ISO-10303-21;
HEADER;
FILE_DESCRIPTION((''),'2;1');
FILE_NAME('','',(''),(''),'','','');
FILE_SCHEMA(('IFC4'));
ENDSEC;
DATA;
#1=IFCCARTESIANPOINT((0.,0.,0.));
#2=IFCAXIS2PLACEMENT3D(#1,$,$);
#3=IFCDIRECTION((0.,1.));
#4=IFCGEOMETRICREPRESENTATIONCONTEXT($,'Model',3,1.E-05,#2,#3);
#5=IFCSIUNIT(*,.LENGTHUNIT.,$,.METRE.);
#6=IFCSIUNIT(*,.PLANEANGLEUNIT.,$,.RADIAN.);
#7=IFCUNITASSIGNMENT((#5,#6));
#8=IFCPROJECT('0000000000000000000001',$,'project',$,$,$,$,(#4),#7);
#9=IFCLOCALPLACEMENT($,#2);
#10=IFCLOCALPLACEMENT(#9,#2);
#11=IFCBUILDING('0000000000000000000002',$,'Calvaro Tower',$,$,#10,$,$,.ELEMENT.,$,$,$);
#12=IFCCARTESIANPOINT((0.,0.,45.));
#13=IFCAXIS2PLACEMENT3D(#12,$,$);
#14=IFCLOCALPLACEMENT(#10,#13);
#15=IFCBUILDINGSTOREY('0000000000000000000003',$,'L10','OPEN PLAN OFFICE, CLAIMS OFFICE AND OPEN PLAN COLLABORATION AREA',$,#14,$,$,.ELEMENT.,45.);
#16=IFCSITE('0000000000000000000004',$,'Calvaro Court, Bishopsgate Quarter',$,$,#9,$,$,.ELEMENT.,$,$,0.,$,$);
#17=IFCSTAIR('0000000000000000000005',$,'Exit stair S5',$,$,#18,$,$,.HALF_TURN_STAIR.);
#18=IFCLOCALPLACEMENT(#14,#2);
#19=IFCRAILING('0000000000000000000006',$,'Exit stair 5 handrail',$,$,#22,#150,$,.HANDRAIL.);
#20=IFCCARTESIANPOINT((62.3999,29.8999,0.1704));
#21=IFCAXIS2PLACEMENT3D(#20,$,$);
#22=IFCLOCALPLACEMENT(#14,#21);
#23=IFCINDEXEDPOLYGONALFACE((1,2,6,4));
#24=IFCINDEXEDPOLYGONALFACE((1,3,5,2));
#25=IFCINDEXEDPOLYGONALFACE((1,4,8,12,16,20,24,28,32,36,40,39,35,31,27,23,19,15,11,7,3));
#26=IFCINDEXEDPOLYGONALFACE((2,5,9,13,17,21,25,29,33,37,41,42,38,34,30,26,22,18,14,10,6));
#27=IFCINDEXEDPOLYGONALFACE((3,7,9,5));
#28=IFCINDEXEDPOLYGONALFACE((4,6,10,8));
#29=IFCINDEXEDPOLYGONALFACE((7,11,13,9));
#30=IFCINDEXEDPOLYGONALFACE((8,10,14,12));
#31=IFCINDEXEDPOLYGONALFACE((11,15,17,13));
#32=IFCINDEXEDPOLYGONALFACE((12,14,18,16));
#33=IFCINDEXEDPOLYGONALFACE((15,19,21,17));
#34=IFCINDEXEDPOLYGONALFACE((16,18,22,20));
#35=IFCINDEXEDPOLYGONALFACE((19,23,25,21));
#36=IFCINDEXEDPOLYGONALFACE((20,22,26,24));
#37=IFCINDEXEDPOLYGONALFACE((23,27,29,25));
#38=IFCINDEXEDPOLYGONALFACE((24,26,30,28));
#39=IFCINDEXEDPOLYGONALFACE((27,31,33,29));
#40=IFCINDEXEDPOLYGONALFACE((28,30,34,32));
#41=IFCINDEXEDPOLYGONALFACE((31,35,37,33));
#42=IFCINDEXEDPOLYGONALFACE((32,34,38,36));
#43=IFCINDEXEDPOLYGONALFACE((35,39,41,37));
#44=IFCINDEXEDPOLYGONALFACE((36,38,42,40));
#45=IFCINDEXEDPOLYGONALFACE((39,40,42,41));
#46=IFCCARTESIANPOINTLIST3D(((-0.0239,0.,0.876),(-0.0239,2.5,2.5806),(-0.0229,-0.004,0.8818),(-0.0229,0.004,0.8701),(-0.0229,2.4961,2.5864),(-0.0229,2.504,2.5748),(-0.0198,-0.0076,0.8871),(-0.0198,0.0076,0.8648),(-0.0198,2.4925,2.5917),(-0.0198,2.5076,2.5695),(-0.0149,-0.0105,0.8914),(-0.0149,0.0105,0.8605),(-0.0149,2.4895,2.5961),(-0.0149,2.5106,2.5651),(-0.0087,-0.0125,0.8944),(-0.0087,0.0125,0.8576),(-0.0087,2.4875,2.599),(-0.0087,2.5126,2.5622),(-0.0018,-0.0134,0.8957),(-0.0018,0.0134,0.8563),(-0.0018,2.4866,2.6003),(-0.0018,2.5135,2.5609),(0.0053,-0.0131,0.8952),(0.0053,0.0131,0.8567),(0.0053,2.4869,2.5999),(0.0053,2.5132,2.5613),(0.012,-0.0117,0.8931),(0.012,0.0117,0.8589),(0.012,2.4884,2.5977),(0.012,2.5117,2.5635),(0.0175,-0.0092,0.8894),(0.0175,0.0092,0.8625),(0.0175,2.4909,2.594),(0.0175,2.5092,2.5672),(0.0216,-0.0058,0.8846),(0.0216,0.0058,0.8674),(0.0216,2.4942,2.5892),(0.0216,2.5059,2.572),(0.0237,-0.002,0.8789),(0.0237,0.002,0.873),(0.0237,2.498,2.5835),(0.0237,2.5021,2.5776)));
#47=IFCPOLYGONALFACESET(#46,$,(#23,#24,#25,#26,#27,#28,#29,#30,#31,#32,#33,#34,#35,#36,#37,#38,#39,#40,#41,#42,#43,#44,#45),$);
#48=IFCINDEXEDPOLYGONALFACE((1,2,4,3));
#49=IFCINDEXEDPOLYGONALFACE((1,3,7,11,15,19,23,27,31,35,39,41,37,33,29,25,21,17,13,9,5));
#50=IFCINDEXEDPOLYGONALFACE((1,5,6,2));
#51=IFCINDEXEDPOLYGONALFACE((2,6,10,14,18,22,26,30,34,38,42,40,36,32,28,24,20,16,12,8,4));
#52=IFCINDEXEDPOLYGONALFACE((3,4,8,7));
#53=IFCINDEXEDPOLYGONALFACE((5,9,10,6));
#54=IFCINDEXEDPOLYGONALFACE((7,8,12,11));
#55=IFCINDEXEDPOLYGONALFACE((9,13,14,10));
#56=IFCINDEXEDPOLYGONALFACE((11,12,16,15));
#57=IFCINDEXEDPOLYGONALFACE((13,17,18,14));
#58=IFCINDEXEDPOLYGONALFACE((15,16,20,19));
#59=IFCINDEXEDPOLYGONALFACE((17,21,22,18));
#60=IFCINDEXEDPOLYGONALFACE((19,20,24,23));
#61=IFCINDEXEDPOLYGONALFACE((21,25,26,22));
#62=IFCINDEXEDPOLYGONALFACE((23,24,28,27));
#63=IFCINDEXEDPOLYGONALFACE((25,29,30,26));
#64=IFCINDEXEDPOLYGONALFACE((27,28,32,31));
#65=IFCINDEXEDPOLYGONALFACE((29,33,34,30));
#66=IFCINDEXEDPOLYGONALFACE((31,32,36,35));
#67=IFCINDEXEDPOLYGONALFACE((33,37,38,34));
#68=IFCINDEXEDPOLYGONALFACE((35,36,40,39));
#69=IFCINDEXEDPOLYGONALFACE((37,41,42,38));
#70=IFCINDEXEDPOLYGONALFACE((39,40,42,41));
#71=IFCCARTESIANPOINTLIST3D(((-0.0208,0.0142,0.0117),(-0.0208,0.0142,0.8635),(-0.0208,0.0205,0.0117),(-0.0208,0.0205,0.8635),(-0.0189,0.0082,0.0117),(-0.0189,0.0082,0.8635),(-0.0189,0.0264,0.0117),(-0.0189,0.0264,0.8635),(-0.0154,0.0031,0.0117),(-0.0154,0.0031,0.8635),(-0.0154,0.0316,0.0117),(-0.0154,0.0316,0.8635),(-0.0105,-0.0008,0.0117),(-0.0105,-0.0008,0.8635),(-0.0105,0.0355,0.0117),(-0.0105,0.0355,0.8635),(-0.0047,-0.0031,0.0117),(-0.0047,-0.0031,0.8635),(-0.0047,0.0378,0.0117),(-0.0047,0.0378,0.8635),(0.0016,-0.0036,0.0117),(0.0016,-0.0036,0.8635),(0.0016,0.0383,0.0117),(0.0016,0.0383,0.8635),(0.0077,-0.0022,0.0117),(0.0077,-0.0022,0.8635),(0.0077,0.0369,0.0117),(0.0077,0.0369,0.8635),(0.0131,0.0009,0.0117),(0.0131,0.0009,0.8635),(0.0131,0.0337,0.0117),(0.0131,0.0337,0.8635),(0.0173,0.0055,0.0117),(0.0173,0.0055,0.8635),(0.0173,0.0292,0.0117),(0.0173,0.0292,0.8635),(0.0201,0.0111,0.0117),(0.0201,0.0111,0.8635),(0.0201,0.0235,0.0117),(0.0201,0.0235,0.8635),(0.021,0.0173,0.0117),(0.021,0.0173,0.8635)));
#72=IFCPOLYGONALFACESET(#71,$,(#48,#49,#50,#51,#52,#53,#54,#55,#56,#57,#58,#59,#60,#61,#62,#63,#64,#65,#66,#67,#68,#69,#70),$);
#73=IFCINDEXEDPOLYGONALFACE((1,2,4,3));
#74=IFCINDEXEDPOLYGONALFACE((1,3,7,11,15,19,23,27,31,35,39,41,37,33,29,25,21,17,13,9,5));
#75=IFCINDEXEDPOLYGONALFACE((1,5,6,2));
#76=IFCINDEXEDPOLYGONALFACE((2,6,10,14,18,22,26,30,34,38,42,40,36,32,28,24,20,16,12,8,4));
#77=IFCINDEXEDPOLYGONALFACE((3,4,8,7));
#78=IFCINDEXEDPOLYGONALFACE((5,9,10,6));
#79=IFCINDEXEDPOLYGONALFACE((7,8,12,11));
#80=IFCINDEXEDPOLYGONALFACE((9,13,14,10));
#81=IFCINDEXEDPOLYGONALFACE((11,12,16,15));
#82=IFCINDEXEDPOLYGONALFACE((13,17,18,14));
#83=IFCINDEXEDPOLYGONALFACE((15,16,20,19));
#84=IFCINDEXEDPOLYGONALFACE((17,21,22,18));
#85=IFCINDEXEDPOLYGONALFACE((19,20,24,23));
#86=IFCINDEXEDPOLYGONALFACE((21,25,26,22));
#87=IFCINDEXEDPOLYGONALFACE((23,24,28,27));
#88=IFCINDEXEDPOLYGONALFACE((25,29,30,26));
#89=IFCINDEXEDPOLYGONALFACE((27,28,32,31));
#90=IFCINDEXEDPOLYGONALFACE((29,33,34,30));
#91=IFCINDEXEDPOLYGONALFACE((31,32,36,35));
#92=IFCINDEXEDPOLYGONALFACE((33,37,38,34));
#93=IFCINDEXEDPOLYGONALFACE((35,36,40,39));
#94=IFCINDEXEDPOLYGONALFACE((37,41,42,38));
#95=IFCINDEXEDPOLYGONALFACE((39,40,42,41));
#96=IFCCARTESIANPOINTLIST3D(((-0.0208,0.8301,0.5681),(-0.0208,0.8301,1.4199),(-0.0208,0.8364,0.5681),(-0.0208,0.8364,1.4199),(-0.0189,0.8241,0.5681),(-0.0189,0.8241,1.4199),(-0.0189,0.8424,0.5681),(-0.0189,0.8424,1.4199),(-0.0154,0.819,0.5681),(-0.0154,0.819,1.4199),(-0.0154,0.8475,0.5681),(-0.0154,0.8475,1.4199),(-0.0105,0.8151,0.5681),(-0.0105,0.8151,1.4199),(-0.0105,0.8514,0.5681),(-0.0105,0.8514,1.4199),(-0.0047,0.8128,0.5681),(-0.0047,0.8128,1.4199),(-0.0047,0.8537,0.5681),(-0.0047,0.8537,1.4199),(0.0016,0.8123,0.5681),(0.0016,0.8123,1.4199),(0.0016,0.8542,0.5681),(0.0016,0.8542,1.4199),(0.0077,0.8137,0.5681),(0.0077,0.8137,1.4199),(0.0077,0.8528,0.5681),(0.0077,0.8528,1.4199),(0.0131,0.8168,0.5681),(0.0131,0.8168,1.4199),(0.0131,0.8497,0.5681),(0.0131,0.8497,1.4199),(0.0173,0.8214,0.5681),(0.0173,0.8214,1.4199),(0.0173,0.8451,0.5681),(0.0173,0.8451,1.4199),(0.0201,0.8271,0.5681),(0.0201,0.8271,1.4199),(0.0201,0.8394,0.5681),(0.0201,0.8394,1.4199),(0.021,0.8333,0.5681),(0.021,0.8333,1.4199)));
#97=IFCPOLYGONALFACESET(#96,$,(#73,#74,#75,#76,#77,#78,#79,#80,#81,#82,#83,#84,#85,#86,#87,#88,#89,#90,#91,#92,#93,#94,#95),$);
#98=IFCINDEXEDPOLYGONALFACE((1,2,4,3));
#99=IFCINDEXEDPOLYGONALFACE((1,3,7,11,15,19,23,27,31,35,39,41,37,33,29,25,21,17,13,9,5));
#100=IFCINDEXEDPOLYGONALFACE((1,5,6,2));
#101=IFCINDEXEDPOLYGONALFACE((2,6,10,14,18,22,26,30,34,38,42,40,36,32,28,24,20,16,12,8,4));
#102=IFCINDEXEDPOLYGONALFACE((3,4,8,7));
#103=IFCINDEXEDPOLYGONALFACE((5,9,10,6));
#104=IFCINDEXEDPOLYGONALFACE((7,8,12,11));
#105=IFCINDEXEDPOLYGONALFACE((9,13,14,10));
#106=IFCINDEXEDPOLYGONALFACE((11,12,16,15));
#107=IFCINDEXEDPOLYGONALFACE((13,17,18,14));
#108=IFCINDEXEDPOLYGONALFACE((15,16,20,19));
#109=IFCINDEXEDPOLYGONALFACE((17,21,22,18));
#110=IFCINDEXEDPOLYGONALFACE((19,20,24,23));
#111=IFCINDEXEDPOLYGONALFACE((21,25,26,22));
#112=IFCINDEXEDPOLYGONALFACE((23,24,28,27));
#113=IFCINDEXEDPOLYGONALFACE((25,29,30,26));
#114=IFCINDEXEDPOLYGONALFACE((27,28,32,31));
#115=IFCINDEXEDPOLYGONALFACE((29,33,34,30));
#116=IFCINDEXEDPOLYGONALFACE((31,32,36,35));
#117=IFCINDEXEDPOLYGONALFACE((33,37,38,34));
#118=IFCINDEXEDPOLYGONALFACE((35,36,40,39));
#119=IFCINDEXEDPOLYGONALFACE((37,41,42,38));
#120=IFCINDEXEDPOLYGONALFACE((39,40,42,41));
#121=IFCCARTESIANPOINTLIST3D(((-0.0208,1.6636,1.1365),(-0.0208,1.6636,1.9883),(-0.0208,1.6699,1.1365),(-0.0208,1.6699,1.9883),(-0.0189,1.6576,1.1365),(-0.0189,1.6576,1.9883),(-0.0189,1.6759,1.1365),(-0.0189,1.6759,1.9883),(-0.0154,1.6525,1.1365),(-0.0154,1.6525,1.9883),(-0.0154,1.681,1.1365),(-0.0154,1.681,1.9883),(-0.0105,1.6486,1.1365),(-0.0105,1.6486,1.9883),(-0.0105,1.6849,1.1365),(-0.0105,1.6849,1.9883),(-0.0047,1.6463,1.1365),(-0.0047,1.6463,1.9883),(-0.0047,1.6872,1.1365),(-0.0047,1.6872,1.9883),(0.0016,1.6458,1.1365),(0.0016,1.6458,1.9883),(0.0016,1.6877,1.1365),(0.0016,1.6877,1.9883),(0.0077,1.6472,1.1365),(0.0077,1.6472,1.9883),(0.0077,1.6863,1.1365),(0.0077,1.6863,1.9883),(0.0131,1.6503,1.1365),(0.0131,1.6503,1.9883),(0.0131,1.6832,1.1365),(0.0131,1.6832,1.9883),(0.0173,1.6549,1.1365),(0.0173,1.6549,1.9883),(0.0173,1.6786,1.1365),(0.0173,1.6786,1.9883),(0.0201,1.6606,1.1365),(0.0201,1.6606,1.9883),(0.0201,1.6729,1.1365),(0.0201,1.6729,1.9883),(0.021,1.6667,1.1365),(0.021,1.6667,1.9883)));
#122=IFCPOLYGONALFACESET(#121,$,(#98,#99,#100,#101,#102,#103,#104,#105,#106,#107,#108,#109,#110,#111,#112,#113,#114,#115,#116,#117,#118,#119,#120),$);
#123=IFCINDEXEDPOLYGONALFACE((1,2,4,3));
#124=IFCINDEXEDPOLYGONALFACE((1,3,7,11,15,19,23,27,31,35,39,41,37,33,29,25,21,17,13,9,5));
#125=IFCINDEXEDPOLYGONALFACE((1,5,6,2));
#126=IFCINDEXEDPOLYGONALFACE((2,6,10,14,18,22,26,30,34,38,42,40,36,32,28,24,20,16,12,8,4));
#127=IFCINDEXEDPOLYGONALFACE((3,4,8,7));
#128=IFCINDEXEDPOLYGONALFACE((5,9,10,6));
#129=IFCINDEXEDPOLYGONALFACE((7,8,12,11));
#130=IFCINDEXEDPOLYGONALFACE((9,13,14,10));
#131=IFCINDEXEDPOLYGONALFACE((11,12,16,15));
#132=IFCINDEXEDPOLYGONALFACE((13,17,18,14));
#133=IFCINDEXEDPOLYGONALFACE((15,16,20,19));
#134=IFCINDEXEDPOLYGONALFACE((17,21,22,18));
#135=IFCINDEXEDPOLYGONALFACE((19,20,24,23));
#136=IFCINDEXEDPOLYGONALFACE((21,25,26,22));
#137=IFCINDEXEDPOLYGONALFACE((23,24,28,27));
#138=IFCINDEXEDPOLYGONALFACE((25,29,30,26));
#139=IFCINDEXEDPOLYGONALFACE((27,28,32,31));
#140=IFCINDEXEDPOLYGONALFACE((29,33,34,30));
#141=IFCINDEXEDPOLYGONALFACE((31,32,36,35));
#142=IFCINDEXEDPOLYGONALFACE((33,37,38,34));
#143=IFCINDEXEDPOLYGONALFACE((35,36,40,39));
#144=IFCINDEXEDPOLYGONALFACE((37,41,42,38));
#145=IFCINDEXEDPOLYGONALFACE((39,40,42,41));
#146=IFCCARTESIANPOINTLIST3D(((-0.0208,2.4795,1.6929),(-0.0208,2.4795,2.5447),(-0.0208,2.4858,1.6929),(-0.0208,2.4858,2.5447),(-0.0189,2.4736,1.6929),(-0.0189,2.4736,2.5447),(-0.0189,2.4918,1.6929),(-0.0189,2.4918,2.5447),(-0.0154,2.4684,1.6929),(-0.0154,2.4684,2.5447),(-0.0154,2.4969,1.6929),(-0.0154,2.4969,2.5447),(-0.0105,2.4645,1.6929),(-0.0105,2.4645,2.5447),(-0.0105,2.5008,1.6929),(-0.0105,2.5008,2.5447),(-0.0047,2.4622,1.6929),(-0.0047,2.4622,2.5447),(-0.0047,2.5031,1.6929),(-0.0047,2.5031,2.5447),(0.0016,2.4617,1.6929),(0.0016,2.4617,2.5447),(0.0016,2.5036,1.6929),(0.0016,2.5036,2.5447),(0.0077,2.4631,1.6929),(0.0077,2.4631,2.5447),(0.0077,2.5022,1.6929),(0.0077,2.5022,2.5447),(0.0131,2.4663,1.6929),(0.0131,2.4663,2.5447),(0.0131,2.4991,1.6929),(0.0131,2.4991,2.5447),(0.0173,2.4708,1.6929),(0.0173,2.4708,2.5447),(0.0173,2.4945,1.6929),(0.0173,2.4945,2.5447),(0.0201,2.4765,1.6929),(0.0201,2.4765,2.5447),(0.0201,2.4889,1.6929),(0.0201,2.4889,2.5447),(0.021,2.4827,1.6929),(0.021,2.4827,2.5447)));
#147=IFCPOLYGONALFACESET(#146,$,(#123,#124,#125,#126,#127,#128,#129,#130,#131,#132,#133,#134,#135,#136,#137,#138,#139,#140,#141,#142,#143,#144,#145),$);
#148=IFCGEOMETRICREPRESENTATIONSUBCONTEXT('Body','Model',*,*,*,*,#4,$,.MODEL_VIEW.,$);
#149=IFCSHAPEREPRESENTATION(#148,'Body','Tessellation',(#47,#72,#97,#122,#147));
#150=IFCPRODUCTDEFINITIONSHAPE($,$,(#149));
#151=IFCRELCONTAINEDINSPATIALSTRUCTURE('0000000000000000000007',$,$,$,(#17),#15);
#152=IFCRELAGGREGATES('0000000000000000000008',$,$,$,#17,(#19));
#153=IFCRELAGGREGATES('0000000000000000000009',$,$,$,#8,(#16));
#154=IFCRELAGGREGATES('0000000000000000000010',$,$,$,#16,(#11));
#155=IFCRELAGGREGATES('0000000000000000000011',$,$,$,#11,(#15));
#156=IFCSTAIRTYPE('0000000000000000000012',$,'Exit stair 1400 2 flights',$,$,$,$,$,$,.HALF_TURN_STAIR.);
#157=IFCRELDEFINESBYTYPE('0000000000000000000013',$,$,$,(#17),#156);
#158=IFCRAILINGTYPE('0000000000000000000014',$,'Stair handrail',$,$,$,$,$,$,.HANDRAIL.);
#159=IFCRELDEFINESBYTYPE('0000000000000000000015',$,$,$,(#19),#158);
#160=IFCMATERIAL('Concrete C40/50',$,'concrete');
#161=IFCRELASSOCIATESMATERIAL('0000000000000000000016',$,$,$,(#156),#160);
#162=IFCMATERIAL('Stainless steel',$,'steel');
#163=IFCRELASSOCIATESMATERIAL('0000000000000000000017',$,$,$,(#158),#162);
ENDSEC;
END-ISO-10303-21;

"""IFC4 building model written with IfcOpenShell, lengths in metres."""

from ifc_helpers import new_model, si_unit, direction, frame, origin, origin_2d, place, context, subcontext, project, spatial, circle, extrude, material, type_object, element, aggregate, save


model = new_model("IFC4")

# Units and contexts
model_context = context("Model", 3, precision=1e-05, world=origin(), true_north=direction((0.0, 1.0)))
body_context = subcontext(model_context, "Body", "Model", "MODEL_VIEW")
ifc_project = project(units=[si_unit("LENGTHUNIT", "METRE"), si_unit("PLANEANGLEUNIT", "RADIAN")], contexts=[model_context])

# Site, building, storey
site_placement = place(None, origin())
site = spatial("IfcSite", under=ifc_project, at=site_placement, Name="Calvaro Court, Bishopsgate Quarter", CompositionType="ELEMENT", RefElevation=0.0)
building_placement = place(site_placement, origin())
building = spatial("IfcBuilding", under=site, at=building_placement, Name="Calvaro Tower", CompositionType="ELEMENT")
storey_placement = place(building_placement, frame((0.0, 0.0, 45.0)))
storey = spatial("IfcBuildingStorey", under=building, at=storey_placement, Name="L10", Description="OPEN PLAN OFFICE, CLAIMS OFFICE AND OPEN PLAN COLLABORATION AREA", CompositionType="ELEMENT", Elevation=45.0)

# Stair
ifc_material_1 = material(Name="Concrete C40/50", Category="concrete")
stair_type = type_object("IfcStairType", Name="Exit stair 1400 2 flights", PredefinedType="HALF_TURN_STAIR", material=ifc_material_1)
stair_1_placement = place(storey_placement, origin())
stair_1 = element("IfcStair", 1, at=stair_1_placement, inside=storey, type_object=stair_type, Name="Exit stair S5", PredefinedType="HALF_TURN_STAIR")

# Shared definitions
ifc_material_2 = material(Name="Stainless steel", Category="steel")
railing_type = type_object("IfcRailingType", Name="Stair handrail", PredefinedType="HANDRAIL", material=ifc_material_2)

# Railing
railing_1_placement = place(storey_placement, frame((62.3999, 29.8999, 0.1704)))
railing_1 = element("IfcRailing", 2, at=railing_1_placement, type_object=railing_type, Name="Exit stair 5 handrail", PredefinedType="HANDRAIL", context=body_context, shape_type="SweptSolid", body=[
    extrude(circle(Radius=0.0239, at=origin_2d()), frame((0.0, 0.0, 0.876), z_axis=(0.0, 0.826221, 0.563347), x_axis=(-1.0, 0.0, 0.0)), (0.0, 0.0, 1.0), 3.0259),
    extrude(circle(Radius=0.021, at=origin_2d()), frame((0.0, 0.0173, 0.0117)), (0.0, 0.0, 1.0), 0.8518),
    extrude(circle(Radius=0.021, at=origin_2d()), frame((0.0, 0.8333, 0.5681)), (0.0, 0.0, 1.0), 0.8518),
    extrude(circle(Radius=0.021, at=origin_2d()), frame((0.0, 1.6667, 1.1365)), (0.0, 0.0, 1.0), 0.8518),
    extrude(circle(Radius=0.021, at=origin_2d()), frame((0.0, 2.4827, 1.6929)), (0.0, 0.0, 1.0), 0.8518),
])
aggregate(stair_1, [railing_1])

save(model, "model.ifc")
